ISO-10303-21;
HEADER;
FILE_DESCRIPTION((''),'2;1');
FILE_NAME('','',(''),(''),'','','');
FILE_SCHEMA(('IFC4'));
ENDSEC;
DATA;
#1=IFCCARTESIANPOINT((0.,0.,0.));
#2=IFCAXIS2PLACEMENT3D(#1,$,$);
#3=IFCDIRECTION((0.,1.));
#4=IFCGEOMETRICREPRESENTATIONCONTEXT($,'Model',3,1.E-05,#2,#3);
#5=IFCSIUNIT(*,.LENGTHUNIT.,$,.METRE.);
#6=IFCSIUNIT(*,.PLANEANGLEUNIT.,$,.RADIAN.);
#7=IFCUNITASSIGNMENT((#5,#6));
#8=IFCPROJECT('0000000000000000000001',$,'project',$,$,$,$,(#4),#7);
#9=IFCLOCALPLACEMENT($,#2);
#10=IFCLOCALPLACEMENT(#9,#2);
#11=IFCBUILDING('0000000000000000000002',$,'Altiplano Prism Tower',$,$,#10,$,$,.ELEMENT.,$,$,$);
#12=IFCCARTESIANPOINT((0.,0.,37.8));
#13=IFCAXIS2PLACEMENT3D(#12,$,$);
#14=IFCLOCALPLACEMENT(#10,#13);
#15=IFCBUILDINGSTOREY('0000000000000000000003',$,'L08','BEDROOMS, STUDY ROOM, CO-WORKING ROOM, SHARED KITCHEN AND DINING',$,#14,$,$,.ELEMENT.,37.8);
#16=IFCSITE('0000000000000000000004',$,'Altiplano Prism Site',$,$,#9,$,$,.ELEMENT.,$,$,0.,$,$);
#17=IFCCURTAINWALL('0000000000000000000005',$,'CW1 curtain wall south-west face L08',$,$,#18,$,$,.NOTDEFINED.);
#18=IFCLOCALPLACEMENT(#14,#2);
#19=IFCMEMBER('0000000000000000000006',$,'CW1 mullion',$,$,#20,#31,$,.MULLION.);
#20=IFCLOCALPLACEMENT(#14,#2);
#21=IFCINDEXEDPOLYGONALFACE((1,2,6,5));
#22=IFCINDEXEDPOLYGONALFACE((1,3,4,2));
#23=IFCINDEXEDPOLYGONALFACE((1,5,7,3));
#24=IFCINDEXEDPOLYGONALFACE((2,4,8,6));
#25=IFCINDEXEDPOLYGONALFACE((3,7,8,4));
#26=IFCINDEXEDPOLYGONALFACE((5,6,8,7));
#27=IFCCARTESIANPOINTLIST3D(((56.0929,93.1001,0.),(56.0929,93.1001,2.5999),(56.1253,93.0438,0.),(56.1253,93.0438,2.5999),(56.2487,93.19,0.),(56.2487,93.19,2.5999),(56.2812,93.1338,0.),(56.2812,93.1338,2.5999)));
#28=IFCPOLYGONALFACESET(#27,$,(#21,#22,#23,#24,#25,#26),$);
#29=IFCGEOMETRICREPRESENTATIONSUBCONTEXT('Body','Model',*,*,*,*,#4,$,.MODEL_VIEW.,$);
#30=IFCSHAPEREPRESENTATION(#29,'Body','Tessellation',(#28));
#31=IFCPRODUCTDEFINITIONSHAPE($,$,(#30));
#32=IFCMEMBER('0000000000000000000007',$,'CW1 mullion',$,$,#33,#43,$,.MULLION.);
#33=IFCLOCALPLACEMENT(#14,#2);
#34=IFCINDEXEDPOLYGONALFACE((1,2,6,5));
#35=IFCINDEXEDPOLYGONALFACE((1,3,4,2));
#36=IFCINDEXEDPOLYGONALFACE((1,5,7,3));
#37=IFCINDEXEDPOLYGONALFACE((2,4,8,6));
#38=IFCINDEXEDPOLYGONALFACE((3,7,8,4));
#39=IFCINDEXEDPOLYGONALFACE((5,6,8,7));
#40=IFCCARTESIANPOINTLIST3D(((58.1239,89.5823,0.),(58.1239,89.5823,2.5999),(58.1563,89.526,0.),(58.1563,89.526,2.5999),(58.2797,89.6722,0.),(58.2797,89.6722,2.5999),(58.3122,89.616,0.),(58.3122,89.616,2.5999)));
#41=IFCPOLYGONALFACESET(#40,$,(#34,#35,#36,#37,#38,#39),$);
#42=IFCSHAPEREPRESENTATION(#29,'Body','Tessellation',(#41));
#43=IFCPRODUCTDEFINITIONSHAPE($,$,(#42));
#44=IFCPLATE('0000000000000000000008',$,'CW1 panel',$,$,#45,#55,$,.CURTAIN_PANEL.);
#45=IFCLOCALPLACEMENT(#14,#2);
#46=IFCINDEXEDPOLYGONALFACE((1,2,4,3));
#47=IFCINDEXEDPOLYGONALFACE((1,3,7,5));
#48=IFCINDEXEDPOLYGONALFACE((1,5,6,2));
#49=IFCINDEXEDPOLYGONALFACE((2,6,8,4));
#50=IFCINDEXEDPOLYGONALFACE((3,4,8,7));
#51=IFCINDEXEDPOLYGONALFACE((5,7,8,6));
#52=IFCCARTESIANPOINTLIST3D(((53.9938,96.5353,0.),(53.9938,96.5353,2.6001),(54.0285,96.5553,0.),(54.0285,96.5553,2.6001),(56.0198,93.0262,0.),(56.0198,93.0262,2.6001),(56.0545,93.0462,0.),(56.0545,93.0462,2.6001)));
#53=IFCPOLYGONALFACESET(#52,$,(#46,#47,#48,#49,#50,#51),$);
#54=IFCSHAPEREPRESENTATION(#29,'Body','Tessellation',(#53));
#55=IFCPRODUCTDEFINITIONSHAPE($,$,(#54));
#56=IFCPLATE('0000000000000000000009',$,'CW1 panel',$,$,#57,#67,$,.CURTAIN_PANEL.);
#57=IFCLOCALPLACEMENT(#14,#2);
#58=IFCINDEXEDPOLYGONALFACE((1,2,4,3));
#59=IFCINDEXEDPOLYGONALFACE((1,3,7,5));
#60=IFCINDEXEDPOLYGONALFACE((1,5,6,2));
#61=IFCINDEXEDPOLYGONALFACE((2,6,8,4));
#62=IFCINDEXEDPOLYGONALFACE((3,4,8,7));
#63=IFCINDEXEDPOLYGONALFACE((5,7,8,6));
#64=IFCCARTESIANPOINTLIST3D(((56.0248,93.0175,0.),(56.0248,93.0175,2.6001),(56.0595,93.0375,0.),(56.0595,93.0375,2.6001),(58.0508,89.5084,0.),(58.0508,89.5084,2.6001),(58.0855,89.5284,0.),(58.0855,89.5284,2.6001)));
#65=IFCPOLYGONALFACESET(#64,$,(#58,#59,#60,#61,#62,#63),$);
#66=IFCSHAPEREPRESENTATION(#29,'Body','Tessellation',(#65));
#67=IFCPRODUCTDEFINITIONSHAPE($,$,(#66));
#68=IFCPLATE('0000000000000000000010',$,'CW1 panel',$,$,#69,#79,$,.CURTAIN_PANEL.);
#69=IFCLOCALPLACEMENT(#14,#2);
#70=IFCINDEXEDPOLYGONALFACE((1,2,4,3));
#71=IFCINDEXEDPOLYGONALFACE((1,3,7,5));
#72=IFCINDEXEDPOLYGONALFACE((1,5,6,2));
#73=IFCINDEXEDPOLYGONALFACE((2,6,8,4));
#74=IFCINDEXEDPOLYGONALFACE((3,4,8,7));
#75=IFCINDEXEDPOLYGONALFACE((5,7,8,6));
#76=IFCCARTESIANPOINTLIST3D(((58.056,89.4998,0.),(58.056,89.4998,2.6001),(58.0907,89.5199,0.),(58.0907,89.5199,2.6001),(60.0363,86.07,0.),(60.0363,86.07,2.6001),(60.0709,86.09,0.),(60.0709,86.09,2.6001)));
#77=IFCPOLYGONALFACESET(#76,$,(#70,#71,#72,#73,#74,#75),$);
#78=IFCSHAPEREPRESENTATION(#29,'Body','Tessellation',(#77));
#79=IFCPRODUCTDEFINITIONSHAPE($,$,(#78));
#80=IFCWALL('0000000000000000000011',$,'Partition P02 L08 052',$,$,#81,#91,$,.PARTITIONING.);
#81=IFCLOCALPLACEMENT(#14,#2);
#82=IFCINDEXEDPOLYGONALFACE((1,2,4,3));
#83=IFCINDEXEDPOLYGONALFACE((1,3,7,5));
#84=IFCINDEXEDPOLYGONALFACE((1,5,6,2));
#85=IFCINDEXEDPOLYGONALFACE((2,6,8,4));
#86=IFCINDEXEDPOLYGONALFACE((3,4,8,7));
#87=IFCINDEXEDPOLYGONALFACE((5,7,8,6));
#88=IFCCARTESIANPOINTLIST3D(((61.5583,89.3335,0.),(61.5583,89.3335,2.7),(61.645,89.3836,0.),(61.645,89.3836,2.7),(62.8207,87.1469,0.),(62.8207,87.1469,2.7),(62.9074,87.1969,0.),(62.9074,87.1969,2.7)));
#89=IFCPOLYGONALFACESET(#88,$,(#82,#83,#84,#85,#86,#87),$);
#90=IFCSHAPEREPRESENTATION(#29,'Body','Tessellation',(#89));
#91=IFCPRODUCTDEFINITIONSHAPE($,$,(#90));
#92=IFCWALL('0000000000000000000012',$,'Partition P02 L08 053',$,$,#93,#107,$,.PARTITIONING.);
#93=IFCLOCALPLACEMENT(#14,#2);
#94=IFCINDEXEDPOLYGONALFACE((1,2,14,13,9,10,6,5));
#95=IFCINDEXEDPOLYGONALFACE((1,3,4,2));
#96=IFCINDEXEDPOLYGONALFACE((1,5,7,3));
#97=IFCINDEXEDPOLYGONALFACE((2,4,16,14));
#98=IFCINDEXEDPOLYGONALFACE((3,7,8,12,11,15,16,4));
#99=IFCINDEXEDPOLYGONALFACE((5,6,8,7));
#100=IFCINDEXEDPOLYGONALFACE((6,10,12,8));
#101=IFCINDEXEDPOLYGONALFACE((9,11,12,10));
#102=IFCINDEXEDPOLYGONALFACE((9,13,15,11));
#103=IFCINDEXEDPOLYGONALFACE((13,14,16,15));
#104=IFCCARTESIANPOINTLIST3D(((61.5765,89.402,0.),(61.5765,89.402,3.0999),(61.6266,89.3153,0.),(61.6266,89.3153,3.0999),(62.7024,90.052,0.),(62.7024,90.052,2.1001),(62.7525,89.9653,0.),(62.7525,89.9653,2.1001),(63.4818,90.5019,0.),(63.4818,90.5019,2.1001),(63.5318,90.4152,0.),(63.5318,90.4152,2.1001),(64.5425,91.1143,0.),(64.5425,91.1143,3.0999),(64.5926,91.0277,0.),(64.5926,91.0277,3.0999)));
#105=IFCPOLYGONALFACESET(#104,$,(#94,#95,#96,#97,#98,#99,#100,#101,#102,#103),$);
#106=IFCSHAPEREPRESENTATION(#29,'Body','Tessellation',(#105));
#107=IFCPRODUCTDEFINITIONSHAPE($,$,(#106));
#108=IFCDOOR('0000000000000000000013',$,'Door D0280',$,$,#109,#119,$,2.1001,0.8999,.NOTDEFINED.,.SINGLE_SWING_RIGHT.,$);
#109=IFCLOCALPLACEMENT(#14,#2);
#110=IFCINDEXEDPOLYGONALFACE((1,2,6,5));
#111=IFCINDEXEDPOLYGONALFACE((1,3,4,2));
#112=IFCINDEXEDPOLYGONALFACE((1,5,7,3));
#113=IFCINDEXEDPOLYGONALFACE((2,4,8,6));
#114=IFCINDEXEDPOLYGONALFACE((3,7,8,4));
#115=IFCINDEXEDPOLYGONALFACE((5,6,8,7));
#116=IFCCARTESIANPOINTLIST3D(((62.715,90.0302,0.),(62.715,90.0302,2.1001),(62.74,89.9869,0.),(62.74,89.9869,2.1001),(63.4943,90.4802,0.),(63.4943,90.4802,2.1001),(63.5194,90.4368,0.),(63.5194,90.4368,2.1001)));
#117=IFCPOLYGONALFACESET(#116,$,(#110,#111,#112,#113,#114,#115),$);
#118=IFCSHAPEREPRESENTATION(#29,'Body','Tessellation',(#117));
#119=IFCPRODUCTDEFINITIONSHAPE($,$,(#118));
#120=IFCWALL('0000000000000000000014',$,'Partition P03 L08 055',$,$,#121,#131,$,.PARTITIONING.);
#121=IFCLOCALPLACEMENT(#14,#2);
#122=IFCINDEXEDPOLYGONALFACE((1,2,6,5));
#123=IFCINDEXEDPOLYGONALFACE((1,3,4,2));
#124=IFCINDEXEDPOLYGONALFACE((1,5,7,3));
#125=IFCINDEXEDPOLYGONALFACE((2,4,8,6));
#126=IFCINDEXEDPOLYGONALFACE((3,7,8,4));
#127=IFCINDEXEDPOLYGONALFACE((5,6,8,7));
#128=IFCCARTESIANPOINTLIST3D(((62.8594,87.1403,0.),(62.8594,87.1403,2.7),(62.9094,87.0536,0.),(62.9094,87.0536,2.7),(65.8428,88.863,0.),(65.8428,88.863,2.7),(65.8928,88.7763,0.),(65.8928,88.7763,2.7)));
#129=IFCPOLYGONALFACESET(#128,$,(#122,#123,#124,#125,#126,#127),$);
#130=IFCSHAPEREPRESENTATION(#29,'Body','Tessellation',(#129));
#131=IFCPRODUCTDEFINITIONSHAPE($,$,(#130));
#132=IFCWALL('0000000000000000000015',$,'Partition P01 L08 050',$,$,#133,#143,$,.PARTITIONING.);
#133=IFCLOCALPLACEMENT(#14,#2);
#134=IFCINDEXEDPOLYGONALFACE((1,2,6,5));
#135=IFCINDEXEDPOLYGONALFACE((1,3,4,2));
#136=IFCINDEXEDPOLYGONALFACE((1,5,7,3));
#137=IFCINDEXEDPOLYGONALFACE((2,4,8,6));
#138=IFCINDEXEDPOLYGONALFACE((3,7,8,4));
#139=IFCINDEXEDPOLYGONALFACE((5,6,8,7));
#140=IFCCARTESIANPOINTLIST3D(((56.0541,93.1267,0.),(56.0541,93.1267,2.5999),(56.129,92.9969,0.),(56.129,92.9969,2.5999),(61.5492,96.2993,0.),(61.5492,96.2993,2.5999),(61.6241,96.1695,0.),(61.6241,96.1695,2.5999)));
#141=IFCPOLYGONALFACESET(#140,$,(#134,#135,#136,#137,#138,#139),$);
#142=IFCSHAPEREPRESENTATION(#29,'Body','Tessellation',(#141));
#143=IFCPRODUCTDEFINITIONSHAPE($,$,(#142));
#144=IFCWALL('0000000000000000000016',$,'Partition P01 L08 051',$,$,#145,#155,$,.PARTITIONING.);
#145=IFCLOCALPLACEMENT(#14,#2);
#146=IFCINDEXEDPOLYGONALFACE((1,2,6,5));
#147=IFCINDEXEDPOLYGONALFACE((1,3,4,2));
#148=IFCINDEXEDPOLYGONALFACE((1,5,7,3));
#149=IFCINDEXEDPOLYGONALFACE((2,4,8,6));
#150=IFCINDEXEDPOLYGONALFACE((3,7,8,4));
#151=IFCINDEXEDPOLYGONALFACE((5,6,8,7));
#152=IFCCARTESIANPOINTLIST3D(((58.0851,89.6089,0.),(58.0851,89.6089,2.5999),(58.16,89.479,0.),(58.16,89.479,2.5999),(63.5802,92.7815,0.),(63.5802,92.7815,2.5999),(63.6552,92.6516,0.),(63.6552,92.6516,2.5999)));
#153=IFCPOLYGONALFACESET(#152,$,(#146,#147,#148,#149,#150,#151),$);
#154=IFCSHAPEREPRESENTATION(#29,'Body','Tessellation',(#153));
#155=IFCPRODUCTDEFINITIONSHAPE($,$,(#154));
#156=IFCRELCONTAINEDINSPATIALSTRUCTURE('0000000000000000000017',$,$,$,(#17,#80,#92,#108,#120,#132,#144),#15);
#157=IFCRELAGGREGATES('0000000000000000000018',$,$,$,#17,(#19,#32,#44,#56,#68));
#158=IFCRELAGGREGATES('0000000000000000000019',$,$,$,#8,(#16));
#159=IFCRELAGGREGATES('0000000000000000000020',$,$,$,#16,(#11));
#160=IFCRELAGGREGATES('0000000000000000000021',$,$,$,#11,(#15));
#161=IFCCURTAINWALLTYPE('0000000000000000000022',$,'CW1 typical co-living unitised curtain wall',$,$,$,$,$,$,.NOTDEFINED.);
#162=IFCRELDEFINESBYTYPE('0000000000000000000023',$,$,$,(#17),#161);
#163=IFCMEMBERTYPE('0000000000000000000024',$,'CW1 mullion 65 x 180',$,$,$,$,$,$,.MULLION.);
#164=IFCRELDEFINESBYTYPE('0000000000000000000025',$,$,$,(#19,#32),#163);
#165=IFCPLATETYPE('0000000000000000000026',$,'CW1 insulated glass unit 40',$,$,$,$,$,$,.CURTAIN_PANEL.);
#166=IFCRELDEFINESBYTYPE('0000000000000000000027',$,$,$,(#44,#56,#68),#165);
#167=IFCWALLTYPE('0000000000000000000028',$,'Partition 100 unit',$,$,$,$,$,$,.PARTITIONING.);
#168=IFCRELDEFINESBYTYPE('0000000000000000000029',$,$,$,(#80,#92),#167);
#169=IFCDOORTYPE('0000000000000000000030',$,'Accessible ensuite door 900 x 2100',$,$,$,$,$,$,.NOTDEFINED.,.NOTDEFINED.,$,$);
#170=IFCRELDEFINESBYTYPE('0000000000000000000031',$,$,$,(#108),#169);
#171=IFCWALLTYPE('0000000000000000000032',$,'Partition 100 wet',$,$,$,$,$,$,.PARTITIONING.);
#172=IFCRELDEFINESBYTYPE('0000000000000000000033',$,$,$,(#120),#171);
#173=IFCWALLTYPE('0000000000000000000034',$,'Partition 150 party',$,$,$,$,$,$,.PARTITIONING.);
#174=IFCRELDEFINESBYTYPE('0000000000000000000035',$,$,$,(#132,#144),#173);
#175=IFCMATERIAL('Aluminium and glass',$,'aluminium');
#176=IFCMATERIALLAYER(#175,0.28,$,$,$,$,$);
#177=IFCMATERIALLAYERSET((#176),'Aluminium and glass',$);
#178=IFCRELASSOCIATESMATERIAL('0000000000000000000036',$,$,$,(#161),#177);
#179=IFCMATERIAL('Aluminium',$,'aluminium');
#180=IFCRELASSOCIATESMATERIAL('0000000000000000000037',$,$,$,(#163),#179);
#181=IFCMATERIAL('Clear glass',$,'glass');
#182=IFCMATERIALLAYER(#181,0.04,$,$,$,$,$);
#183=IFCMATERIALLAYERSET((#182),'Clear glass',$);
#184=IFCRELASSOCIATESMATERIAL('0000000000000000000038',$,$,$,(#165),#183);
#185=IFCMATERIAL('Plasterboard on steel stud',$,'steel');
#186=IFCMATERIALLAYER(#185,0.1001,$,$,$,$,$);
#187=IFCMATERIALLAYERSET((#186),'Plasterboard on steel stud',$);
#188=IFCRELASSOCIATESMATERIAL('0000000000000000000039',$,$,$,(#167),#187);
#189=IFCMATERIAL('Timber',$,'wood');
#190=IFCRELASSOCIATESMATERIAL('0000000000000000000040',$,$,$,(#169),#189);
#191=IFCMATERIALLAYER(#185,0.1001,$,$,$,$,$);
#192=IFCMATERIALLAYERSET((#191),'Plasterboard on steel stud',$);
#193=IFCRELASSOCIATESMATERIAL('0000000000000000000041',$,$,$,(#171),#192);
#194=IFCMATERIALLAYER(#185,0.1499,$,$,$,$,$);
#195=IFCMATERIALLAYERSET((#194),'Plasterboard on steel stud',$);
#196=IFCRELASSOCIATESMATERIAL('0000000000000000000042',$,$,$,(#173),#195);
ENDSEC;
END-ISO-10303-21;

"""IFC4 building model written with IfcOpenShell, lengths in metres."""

from ifc_helpers import new_model, si_unit, direction, frame, frame_2d, origin, origin_2d, place, context, subcontext, project, spatial, rectangle, extrude, material, layer, layer_set, material_profile, profile_set, type_object, element, fill, aggregate, save


model = new_model("IFC4")

# Units and contexts
model_context = context("Model", 3, precision=1e-05, world=origin(), true_north=direction((0.0, 1.0)))
body_context = subcontext(model_context, "Body", "Model", "MODEL_VIEW")
ifc_project = project(units=[si_unit("LENGTHUNIT", "METRE"), si_unit("PLANEANGLEUNIT", "RADIAN")], contexts=[model_context])

# Site, building, storey
site_placement = place(None, origin())
site = spatial("IfcSite", under=ifc_project, at=site_placement, Name="Altiplano Prism Site", CompositionType="ELEMENT", RefElevation=0.0)
building_placement = place(site_placement, origin())
building = spatial("IfcBuilding", under=site, at=building_placement, Name="Altiplano Prism Tower", CompositionType="ELEMENT")
storey_placement = place(building_placement, frame((0.0, 0.0, 37.8)))
storey = spatial("IfcBuildingStorey", under=building, at=storey_placement, Name="L08", Description="BEDROOMS, STUDY ROOM, CO-WORKING ROOM, SHARED KITCHEN AND DINING", CompositionType="ELEMENT", Elevation=37.8)

# Curtain wall, members, plates
ifc_material_1 = material(Name="Aluminium and glass", Category="aluminium")
ifc_layer_1 = layer(ifc_material_1, 0.28)
ifc_layer_set_1 = layer_set([ifc_layer_1], Name="Aluminium and glass")
curtain_wall_type = type_object("IfcCurtainWallType", Name="CW1 typical co-living unitised curtain wall", PredefinedType="NOTDEFINED", material=ifc_layer_set_1)
curtain_wall_placement = place(storey_placement, origin())
curtain_wall = element("IfcCurtainWall", 1, at=curtain_wall_placement, inside=storey, type_object=curtain_wall_type, Name="CW1 curtain wall south-west face L08", PredefinedType="NOTDEFINED")
ifc_material_2 = material(Name="Aluminium", Category="aluminium")
ifc_material_profile = material_profile(ifc_material_2, rectangle(XDim=0.1799, YDim=0.0649, at=origin_2d()), Name="CW1 mullion 65 x 180")
ifc_profile_set = profile_set([ifc_material_profile], Name="Aluminium")
member_type = type_object("IfcMemberType", Name="CW1 mullion 65 x 180", PredefinedType="MULLION", material=ifc_profile_set)
member_1_placement = place(storey_placement, frame((56.187, 93.1169, 0.0), z_axis=(0.0, 0.0, 1.0), x_axis=(0.866025, 0.5, 0.0)))
member_1 = element("IfcMember", 2, at=member_1_placement, type_object=member_type, Name="CW1 mullion", PredefinedType="MULLION", context=body_context, shape_type="SweptSolid", body=[
    extrude(rectangle(XDim=0.1799, YDim=0.0649, at=origin_2d()), origin(), (0.0, 0.0, 1.0), 2.5999),
])
member_2_placement = place(storey_placement, frame((58.218, 89.5991, 0.0), z_axis=(0.0, 0.0, 1.0), x_axis=(0.866025, 0.5, 0.0)))
member_2 = element("IfcMember", 3, at=member_2_placement, type_object=member_type, Name="CW1 mullion", PredefinedType="MULLION", context=body_context, shape_type="SweptSolid", body=[
    extrude(rectangle(XDim=0.1799, YDim=0.0649, at=origin_2d()), origin(), (0.0, 0.0, 1.0), 2.5999),
])
ifc_material_3 = material(Name="Clear glass", Category="glass")
ifc_layer_2 = layer(ifc_material_3, 0.04)
ifc_layer_set_2 = layer_set([ifc_layer_2], Name="Clear glass")
plate_type = type_object("IfcPlateType", Name="CW1 insulated glass unit 40", PredefinedType="CURTAIN_PANEL", material=ifc_layer_set_2)
plate_1_placement = place(storey_placement, frame((55.0242, 94.7908, 0.0), z_axis=(0.0, 0.0, 1.0), x_axis=(0.5, -0.866025, 0.0)))
plate_1 = element("IfcPlate", 4, at=plate_1_placement, type_object=plate_type, Name="CW1 panel", PredefinedType="CURTAIN_PANEL", context=body_context, shape_type="SweptSolid", body=[
    extrude(rectangle(XDim=4.052, YDim=0.04, at=origin_2d()), origin(), (0.0, 0.0, 1.0), 2.6001),
])
plate_2_placement = place(storey_placement, frame((57.0552, 91.2729, 0.0), z_axis=(0.0, 0.0, 1.0), x_axis=(0.5, -0.866025, 0.0)))
plate_2 = element("IfcPlate", 5, at=plate_2_placement, type_object=plate_type, Name="CW1 panel", PredefinedType="CURTAIN_PANEL", context=body_context, shape_type="SweptSolid", body=[
    extrude(rectangle(XDim=4.052, YDim=0.04, at=origin_2d()), origin(), (0.0, 0.0, 1.0), 2.6001),
])
plate_3_placement = place(storey_placement, frame((59.0635, 87.7949, 0.0), z_axis=(0.0, 0.0, 1.0), x_axis=(0.5, -0.866025, 0.0)))
plate_3 = element("IfcPlate", 6, at=plate_3_placement, type_object=plate_type, Name="CW1 panel", PredefinedType="CURTAIN_PANEL", context=body_context, shape_type="SweptSolid", body=[
    extrude(rectangle(XDim=3.9604, YDim=0.04, at=origin_2d()), origin(), (0.0, 0.0, 1.0), 2.6001),
])
aggregate(curtain_wall, [member_1, member_2, plate_1, plate_2, plate_3])

# Wall
ifc_material_4 = material(Name="Plasterboard on steel stud", Category="steel")
ifc_layer_3 = layer(ifc_material_4, 0.1001)
ifc_layer_set_3 = layer_set([ifc_layer_3], Name="Plasterboard on steel stud")
wall_type_1 = type_object("IfcWallType", Name="Partition 100 unit", PredefinedType="PARTITIONING", material=ifc_layer_set_3)
wall_1_placement = place(storey_placement, frame((62.864, 87.1719, 0.0), z_axis=(0.0, 0.0, 1.0), x_axis=(-0.499976, 0.866039, 0.0)))
element("IfcWall", 7, at=wall_1_placement, inside=storey, type_object=wall_type_1, Name="Partition P02 L08 052", PredefinedType="PARTITIONING", context=body_context, shape_type="SweptSolid", body=[
    extrude(rectangle(XDim=2.5249, YDim=0.1001, at=frame_2d((1.2625, 0.0))), origin(), (0.0, 0.0, 1.0), 2.7),
])

# Wall, opening, door
wall_2_placement = place(storey_placement, frame((61.6016, 89.3586, 0.0), z_axis=(0.0, 0.0, 1.0), x_axis=(0.866032, 0.499988, 0.0)))
wall_2 = element("IfcWall", 8, at=wall_2_placement, inside=storey, type_object=wall_type_1, Name="Partition P02 L08 053", PredefinedType="PARTITIONING", context=body_context, shape_type="SweptSolid", body=[
    extrude(rectangle(XDim=3.4248, YDim=0.1001, at=frame_2d((1.7124, 0.0))), origin(), (0.0, 0.0, 1.0), 3.0999),
])
opening_1_placement = place(wall_2_placement, frame((1.3, 0.0, 0.0)))
opening_1 = element("IfcOpeningElement", 9, at=opening_1_placement, cuts=wall_2, PredefinedType="OPENING", context=body_context, shape_type="SweptSolid", body=[
    extrude(rectangle(XDim=0.8999, YDim=2.1001, at=frame_2d((0.45, 1.05))), frame((0.0, 0.0605, 0.0), z_axis=(0.0, -1.0, 0.0), x_axis=(1.0, 0.0, 0.0)), (0.0, 0.0, 1.0), 0.1211),
])
ifc_material_5 = material(Name="Timber", Category="wood")
door_type_1 = type_object("IfcDoorType", Name="Accessible ensuite door 900 x 2100", OperationType="NOTDEFINED", PredefinedType="NOTDEFINED", material=ifc_material_5)
door_1_placement = place(opening_1_placement, origin())
door_1 = element("IfcDoor", 10, at=door_1_placement, inside=storey, type_object=door_type_1, Name="Door D0280", OperationType="SINGLE_SWING_RIGHT", OverallHeight=2.1001, OverallWidth=0.8999, PredefinedType="NOTDEFINED", context=body_context, shape_type="SweptSolid", body=[
    extrude(rectangle(XDim=0.8999, YDim=2.1001, at=frame_2d((0.45, 1.05))), frame((0.0, 0.0249, 0.0), z_axis=(0.0, -1.0, 0.0), x_axis=(1.0, 0.0, 0.0)), (0.0, 0.0, 1.0), 0.05),
])
fill(opening_1, door_1)

# Wall
ifc_layer_4 = layer(ifc_material_4, 0.1001)
ifc_layer_set_4 = layer_set([ifc_layer_4], Name="Plasterboard on steel stud")
wall_type_2 = type_object("IfcWallType", Name="Partition 100 wet", PredefinedType="PARTITIONING", material=ifc_layer_set_4)
wall_3_placement = place(storey_placement, frame((62.8843, 87.0969, 0.0), z_axis=(0.0, 0.0, 1.0), x_axis=(0.866001, 0.500041, 0.0)))
element("IfcWall", 11, at=wall_3_placement, inside=storey, type_object=wall_type_2, Name="Partition P03 L08 055", PredefinedType="PARTITIONING", context=body_context, shape_type="SweptSolid", body=[
    extrude(rectangle(XDim=3.4451, YDim=0.1001, at=frame_2d((1.7227, 0.0))), origin(), (0.0, 0.0, 1.0), 2.7),
])

# Walls
ifc_layer_5 = layer(ifc_material_4, 0.1499)
ifc_layer_set_5 = layer_set([ifc_layer_5], Name="Plasterboard on steel stud")
wall_type_3 = type_object("IfcWallType", Name="Partition 150 party", PredefinedType="PARTITIONING", material=ifc_layer_set_5)
for number, where, z_axis, x_axis, name in (
    (12, (56.0916, 93.0618, 0.0), (0.0, 0.0, 1.0), (0.866025, 0.5, 0.0), "Partition P01 L08 050"),
    (13, (58.1226, 89.5439, 0.0), (0.0, 0.0, 1.0), (0.866025, 0.5, 0.0), "Partition P01 L08 051"),
):
    element("IfcWall", number, at=place(storey_placement, frame(where, z_axis=z_axis, x_axis=x_axis)), inside=storey, type_object=wall_type_3, Name=name, PredefinedType="PARTITIONING", context=body_context, shape_type="SweptSolid", body=[
        extrude(rectangle(XDim=6.3452, YDim=0.1499, at=frame_2d((3.1726, 0.0))), origin(), (0.0, 0.0, 1.0), 2.5999),
    ])

save(model, "model.ifc")
